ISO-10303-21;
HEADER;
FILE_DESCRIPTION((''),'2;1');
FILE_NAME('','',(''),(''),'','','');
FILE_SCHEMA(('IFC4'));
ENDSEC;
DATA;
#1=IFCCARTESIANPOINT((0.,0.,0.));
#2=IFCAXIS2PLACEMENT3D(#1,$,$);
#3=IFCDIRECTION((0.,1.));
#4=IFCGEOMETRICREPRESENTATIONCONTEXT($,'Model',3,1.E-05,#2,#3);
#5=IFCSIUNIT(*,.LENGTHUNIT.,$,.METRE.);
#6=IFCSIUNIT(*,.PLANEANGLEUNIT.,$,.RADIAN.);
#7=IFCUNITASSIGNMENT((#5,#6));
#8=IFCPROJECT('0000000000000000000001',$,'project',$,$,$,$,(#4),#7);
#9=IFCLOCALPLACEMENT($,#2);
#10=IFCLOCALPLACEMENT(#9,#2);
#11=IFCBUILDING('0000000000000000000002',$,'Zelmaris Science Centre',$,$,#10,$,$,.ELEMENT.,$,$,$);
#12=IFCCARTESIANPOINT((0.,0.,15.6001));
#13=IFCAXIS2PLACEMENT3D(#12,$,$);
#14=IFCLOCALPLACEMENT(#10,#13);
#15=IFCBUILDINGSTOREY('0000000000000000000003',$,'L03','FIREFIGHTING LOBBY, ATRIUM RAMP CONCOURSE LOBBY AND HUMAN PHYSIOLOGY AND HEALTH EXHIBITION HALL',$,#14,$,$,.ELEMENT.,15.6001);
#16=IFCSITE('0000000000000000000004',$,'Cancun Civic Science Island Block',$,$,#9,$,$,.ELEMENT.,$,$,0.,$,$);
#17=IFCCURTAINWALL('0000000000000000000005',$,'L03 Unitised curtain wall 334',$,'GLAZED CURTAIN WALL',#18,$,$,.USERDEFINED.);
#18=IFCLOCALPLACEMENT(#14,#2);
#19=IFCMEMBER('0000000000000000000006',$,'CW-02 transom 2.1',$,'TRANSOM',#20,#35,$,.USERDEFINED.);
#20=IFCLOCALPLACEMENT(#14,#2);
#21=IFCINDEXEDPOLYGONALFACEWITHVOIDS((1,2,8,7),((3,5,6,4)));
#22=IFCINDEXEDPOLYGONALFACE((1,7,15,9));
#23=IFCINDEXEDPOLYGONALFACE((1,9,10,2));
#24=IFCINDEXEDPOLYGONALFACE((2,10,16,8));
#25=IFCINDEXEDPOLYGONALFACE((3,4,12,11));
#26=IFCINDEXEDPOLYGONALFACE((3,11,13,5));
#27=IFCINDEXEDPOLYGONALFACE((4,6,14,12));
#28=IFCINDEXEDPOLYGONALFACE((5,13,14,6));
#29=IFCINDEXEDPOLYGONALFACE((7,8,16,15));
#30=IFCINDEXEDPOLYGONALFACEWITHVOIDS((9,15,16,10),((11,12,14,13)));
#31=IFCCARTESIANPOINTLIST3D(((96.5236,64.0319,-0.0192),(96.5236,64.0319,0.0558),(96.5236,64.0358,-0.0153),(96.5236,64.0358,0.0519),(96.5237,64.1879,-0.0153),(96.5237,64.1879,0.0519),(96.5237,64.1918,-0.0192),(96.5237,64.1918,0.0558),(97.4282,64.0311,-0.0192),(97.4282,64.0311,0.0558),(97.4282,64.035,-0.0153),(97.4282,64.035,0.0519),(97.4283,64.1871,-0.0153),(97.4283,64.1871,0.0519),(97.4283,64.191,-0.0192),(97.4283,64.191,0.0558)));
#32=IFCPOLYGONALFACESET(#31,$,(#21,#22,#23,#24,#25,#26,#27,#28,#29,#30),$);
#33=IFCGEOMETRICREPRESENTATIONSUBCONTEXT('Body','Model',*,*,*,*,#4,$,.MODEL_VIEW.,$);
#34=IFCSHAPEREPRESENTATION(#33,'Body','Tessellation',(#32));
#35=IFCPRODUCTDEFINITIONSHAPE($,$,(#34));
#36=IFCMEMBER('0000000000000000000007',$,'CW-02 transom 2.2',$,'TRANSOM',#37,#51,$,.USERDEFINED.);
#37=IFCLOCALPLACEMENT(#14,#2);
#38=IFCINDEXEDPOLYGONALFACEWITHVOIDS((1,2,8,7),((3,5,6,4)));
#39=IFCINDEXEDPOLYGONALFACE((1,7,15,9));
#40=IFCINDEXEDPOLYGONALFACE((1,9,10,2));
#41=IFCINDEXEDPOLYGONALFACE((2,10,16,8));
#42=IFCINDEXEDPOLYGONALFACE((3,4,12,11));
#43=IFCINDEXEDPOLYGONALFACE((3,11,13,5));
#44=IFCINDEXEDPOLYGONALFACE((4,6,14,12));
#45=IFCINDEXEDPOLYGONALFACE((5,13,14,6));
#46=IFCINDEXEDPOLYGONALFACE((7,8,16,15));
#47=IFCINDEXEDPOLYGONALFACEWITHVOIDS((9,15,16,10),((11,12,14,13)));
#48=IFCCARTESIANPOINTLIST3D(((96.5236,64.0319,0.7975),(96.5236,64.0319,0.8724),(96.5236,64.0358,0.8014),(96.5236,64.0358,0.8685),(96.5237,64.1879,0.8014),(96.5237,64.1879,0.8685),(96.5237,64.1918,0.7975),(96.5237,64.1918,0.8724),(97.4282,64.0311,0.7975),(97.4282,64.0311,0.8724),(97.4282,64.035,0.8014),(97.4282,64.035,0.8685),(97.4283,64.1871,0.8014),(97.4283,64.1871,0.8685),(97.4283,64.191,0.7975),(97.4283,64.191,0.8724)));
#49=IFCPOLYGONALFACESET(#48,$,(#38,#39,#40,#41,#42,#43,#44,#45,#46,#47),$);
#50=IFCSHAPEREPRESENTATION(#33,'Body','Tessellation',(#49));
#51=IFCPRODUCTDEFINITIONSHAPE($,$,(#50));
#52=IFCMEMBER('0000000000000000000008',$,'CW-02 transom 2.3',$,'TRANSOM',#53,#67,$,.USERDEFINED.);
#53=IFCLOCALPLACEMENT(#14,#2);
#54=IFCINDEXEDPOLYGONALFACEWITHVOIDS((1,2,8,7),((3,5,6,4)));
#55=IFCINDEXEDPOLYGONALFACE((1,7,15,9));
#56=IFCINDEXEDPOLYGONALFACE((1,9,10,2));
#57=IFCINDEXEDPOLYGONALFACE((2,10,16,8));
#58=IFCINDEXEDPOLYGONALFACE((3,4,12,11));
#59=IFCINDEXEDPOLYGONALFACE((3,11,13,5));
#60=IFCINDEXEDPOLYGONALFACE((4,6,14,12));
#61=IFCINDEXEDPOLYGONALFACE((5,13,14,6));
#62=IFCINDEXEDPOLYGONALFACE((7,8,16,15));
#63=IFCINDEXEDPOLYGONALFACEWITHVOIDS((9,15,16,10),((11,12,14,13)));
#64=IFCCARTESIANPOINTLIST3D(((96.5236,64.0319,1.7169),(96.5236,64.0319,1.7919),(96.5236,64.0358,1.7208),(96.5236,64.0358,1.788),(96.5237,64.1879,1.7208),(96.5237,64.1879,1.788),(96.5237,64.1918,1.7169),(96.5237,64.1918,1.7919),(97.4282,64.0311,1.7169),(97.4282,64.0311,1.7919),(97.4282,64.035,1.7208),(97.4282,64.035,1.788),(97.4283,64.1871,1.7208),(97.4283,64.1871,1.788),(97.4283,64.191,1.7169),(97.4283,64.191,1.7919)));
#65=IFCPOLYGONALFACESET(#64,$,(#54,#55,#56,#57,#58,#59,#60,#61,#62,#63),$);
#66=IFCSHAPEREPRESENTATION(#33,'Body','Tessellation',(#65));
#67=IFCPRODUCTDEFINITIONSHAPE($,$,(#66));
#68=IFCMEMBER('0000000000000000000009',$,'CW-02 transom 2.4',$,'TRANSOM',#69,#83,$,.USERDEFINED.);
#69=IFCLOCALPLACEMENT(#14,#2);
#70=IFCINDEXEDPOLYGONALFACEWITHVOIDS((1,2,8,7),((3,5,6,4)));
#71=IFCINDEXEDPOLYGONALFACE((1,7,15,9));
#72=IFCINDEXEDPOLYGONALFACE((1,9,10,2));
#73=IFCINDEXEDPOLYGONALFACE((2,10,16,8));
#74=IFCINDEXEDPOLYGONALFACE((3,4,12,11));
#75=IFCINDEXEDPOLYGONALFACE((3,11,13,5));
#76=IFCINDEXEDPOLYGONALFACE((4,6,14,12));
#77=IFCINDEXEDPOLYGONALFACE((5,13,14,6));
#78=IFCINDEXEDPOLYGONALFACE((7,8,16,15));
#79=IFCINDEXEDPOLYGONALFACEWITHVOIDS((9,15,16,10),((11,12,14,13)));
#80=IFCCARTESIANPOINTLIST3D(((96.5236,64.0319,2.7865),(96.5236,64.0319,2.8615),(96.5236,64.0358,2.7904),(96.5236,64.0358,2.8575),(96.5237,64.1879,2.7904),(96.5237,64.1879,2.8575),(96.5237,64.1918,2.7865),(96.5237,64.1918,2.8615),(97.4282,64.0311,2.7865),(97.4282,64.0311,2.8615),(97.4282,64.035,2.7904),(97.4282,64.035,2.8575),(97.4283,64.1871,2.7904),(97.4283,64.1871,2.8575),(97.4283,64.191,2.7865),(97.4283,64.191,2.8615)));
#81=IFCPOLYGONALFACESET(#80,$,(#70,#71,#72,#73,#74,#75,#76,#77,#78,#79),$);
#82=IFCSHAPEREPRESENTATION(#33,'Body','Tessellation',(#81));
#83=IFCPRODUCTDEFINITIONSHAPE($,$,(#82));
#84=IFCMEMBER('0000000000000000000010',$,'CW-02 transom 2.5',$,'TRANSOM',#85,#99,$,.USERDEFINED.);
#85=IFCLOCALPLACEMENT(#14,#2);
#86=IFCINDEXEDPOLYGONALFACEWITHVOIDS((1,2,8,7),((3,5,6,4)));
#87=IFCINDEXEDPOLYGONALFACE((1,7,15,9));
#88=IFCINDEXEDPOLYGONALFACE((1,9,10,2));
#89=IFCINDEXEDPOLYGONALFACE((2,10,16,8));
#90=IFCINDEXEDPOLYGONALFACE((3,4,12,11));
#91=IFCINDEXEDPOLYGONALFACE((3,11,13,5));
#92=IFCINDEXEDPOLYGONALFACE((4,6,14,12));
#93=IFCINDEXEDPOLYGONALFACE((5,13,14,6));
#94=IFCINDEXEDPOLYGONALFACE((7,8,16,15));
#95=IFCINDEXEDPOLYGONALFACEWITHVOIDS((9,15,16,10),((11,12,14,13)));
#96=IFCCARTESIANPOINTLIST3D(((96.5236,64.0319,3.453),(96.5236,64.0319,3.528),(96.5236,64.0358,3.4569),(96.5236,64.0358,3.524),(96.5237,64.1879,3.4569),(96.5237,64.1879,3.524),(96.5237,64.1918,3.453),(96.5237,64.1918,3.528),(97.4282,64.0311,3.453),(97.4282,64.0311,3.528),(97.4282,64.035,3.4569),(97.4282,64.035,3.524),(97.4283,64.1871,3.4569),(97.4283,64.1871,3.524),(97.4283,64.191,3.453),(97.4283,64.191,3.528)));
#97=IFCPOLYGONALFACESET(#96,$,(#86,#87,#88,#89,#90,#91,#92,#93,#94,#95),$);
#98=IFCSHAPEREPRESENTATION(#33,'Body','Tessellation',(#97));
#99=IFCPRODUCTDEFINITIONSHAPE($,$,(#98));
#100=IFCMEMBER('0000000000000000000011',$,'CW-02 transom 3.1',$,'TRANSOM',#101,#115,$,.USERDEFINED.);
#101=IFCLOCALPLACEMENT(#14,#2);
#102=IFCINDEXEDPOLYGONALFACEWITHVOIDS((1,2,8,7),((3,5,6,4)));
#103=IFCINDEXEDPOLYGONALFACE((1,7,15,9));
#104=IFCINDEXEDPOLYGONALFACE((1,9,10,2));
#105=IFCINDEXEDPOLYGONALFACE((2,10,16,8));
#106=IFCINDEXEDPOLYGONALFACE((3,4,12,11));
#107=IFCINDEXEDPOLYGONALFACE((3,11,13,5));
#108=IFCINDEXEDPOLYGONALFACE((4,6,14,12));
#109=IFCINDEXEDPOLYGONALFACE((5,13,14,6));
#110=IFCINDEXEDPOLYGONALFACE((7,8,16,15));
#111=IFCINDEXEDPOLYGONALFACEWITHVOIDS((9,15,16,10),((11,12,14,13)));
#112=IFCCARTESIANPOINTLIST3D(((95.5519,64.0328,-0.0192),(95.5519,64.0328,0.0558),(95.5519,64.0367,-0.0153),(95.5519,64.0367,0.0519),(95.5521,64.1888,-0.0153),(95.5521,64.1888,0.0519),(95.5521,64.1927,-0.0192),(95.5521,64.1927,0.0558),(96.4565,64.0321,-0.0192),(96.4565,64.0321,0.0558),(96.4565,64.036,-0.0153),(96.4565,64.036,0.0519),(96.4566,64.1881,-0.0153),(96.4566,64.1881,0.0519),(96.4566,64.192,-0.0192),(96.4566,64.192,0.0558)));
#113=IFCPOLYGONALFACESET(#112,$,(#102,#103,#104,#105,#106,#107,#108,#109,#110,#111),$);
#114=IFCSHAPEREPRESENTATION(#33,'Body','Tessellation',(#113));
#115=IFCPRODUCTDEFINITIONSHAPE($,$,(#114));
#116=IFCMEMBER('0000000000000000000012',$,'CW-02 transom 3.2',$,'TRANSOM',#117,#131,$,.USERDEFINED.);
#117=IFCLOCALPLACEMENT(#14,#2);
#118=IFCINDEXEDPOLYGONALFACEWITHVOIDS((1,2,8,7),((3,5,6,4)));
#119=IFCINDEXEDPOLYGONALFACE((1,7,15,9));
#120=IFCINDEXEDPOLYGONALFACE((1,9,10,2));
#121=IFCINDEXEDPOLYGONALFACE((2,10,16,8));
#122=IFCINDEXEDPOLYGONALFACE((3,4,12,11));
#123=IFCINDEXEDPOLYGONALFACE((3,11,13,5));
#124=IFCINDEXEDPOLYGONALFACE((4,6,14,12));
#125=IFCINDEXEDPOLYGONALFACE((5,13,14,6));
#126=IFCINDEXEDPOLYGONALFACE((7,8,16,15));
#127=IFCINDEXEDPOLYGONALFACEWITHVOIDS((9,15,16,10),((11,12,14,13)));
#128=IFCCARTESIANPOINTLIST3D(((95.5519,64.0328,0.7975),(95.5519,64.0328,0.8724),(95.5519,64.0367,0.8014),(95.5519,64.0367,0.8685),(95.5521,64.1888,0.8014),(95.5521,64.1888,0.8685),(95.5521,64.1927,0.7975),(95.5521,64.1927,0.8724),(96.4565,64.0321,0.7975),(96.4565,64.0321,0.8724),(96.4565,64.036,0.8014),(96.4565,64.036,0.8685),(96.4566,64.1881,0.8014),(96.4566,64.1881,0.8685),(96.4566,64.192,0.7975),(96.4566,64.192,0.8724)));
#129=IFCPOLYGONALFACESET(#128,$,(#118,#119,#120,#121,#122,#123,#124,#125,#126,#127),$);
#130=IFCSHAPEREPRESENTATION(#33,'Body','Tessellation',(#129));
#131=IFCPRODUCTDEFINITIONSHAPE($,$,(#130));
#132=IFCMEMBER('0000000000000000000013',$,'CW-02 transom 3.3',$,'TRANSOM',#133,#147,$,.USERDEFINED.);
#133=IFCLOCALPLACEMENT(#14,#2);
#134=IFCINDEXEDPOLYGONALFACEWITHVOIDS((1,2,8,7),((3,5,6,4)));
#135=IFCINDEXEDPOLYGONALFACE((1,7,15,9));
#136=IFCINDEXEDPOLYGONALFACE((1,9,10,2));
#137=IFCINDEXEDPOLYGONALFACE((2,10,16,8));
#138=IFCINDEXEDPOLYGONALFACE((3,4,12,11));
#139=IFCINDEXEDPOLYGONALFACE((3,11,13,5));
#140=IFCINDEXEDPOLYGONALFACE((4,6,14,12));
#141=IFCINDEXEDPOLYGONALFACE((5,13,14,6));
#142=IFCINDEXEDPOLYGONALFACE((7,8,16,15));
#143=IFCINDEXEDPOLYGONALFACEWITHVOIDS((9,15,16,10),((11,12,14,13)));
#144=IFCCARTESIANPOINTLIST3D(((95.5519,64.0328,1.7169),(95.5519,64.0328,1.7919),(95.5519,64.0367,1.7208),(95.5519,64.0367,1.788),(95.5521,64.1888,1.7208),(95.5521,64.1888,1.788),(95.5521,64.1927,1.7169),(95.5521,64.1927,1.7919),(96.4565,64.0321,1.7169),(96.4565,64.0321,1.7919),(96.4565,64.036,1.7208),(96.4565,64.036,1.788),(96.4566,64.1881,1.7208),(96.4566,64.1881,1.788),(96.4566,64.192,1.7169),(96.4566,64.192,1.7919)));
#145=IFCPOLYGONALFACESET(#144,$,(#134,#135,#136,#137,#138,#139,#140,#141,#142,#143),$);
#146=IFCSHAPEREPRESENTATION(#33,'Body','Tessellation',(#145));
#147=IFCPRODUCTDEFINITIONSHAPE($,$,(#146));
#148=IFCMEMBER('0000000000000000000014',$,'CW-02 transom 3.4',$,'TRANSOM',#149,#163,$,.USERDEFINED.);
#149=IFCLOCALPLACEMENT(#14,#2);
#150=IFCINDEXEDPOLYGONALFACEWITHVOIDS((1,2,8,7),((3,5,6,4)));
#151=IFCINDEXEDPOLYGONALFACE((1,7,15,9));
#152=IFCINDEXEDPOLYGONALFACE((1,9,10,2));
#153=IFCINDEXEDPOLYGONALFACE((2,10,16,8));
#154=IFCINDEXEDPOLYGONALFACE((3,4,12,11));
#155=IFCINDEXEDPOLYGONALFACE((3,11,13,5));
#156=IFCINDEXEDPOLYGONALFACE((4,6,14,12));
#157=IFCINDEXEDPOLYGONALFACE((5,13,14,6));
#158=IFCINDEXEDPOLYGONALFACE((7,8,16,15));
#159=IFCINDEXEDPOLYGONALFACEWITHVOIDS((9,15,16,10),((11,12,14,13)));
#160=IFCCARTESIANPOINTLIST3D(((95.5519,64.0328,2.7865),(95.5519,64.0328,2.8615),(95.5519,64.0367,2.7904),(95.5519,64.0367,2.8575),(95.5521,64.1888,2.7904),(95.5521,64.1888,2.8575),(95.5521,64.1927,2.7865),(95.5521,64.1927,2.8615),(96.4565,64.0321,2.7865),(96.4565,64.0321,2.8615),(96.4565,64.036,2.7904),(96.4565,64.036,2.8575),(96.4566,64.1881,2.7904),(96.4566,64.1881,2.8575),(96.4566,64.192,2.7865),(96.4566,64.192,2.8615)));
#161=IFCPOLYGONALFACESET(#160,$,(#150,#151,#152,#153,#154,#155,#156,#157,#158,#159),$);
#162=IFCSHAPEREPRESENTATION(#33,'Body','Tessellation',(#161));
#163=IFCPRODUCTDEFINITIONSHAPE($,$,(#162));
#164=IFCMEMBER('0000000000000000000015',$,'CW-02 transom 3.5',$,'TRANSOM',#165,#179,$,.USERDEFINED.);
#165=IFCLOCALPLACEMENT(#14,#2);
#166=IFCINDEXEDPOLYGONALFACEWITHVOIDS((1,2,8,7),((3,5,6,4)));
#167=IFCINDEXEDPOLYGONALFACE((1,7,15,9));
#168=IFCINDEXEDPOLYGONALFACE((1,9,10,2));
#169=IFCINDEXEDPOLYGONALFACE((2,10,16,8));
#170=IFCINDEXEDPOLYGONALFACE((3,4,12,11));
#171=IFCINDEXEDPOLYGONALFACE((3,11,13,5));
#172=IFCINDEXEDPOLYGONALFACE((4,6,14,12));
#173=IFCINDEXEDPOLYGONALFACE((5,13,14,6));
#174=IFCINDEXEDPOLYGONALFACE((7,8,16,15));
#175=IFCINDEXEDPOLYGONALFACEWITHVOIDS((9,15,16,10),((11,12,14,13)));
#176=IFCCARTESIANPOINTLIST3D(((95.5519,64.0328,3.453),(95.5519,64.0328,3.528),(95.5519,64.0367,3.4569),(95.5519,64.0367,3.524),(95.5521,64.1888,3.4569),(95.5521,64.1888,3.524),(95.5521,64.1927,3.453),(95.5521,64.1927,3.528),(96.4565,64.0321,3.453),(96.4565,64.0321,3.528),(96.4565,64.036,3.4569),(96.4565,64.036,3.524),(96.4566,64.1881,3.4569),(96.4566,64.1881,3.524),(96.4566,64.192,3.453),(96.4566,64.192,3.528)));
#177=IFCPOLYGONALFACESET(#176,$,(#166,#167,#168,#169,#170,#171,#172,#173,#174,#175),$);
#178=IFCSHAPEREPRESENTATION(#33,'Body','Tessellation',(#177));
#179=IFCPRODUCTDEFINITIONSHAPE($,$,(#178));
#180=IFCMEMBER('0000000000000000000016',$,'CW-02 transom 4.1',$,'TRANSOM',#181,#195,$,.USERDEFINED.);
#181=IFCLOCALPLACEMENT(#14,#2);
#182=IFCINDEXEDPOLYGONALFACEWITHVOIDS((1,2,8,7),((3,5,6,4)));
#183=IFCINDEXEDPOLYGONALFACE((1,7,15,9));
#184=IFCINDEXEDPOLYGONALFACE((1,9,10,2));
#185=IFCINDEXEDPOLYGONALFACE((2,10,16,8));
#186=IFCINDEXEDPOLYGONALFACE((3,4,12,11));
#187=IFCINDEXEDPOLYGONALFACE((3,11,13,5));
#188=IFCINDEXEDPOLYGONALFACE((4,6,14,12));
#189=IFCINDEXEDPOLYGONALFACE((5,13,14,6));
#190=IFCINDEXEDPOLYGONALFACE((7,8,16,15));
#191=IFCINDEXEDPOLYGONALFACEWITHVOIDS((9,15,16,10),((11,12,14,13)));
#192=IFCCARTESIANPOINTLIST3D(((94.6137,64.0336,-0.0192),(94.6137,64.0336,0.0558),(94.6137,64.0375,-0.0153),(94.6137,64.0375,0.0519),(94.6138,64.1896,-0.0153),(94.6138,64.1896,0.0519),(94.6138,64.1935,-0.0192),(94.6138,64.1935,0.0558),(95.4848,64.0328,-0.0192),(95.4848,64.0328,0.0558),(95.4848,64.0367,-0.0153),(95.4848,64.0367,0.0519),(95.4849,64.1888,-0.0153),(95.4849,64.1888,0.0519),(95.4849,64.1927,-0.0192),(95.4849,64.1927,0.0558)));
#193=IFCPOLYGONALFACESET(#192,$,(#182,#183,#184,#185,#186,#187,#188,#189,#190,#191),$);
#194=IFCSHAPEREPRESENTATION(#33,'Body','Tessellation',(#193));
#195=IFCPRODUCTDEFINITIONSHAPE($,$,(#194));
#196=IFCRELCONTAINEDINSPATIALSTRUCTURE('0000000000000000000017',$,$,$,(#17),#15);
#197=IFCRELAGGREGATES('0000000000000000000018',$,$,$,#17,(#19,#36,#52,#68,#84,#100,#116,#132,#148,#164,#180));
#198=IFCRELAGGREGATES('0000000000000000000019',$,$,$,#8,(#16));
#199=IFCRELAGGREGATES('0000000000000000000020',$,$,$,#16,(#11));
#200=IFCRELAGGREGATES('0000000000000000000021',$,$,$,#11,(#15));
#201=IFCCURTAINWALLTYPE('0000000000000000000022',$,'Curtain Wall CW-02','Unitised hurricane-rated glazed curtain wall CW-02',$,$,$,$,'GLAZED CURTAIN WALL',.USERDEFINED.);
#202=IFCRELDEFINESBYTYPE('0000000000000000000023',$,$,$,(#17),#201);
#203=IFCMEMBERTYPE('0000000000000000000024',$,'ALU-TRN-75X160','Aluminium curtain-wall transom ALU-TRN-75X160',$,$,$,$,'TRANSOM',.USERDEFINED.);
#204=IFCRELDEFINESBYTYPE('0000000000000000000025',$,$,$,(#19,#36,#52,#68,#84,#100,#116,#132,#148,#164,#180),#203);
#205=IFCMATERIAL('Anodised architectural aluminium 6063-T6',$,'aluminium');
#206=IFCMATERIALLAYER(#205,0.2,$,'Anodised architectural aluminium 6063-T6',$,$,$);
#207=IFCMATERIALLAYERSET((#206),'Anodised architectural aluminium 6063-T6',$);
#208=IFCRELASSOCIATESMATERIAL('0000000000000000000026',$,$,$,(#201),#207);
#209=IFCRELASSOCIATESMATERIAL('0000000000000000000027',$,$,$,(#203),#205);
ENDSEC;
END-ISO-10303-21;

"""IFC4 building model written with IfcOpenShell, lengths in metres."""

from ifc_helpers import new_model, si_unit, direction, frame, origin, origin_2d, place, context, subcontext, project, spatial, hollow_rectangle, extrude, material, layer, layer_set, material_profile, profile_set, type_object, element, aggregate, save


model = new_model("IFC4")

# Units and contexts
model_context = context("Model", 3, precision=1e-05, world=origin(), true_north=direction((0.0, 1.0)))
body_context = subcontext(model_context, "Body", "Model", "MODEL_VIEW")
ifc_project = project(units=[si_unit("LENGTHUNIT", "METRE"), si_unit("PLANEANGLEUNIT", "RADIAN")], contexts=[model_context])

# Site, building, storey
site_placement = place(None, origin())
site = spatial("IfcSite", under=ifc_project, at=site_placement, Name="Cancun Civic Science Island Block", CompositionType="ELEMENT", RefElevation=0.0)
building_placement = place(site_placement, origin())
building = spatial("IfcBuilding", under=site, at=building_placement, Name="Zelmaris Science Centre", CompositionType="ELEMENT")
storey_placement = place(building_placement, frame((0.0, 0.0, 15.6001)))
storey = spatial("IfcBuildingStorey", under=building, at=storey_placement, Name="L03", Description="FIREFIGHTING LOBBY, ATRIUM RAMP CONCOURSE LOBBY AND HUMAN PHYSIOLOGY AND HEALTH EXHIBITION HALL", CompositionType="ELEMENT", Elevation=15.6001)

# Curtain wall, members
ifc_material_1 = material(Name="Anodised architectural aluminium 6063-T6", Category="aluminium")
ifc_layer_1 = layer(ifc_material_1, 0.2, Name="Anodised architectural aluminium 6063-T6")
ifc_layer_set_1 = layer_set([ifc_layer_1], Name="Anodised architectural aluminium 6063-T6")
curtain_wall_type = type_object("IfcCurtainWallType", Name="Curtain Wall CW-02", Description="Unitised hurricane-rated glazed curtain wall CW-02", ElementType="GLAZED CURTAIN WALL", PredefinedType="USERDEFINED", material=ifc_layer_set_1)
curtain_wall_placement = place(storey_placement, origin())
curtain_wall = element("IfcCurtainWall", 1, at=curtain_wall_placement, inside=storey, type_object=curtain_wall_type, Name="L03 Unitised curtain wall 334", ObjectType="GLAZED CURTAIN WALL", PredefinedType="USERDEFINED")
ifc_material_profile_1 = material_profile(ifc_material_1, hollow_rectangle(XDim=0.075, YDim=0.1599, WallThickness=0.0039, at=origin_2d()), Name="ALU-TRN-75X160")
ifc_profile_set_1 = profile_set([ifc_material_profile_1], Name="Anodised architectural aluminium 6063-T6")
member_type_1 = type_object("IfcMemberType", Name="ALU-TRN-75X160", Description="Aluminium curtain-wall transom ALU-TRN-75X160", ElementType="TRANSOM", PredefinedType="USERDEFINED", material=ifc_profile_set_1)
member_1_placement = place(storey_placement, frame((97.4282, 64.1111, 0.0183), z_axis=(-1.0, 0.00081, 0.0), x_axis=(0.0, 0.0, 1.0)))
member_1 = element("IfcMember", 2, at=member_1_placement, type_object=member_type_1, Name="CW-02 transom 2.1", ObjectType="TRANSOM", PredefinedType="USERDEFINED", context=body_context, shape_type="SweptSolid", body=[
    extrude(hollow_rectangle(XDim=0.075, YDim=0.1599, WallThickness=0.0039, at=origin_2d()), origin(), (0.0, 0.0, 1.0), 0.9045),
])
member_2_placement = place(storey_placement, frame((97.4282, 64.1111, 0.835), z_axis=(-1.0, 0.00081, 0.0), x_axis=(0.0, 0.0, 1.0)))
member_2 = element("IfcMember", 3, at=member_2_placement, type_object=member_type_1, Name="CW-02 transom 2.2", ObjectType="TRANSOM", PredefinedType="USERDEFINED", context=body_context, shape_type="SweptSolid", body=[
    extrude(hollow_rectangle(XDim=0.075, YDim=0.1599, WallThickness=0.0039, at=origin_2d()), origin(), (0.0, 0.0, 1.0), 0.9045),
])
member_3_placement = place(storey_placement, frame((97.4282, 64.1111, 1.7544), z_axis=(-1.0, 0.00081, 0.0), x_axis=(0.0, 0.0, 1.0)))
member_3 = element("IfcMember", 4, at=member_3_placement, type_object=member_type_1, Name="CW-02 transom 2.3", ObjectType="TRANSOM", PredefinedType="USERDEFINED", context=body_context, shape_type="SweptSolid", body=[
    extrude(hollow_rectangle(XDim=0.075, YDim=0.1599, WallThickness=0.0039, at=origin_2d()), origin(), (0.0, 0.0, 1.0), 0.9045),
])
member_4_placement = place(storey_placement, frame((97.4282, 64.1111, 2.824), z_axis=(-1.0, 0.00081, 0.0), x_axis=(0.0, 0.0, 1.0)))
member_4 = element("IfcMember", 5, at=member_4_placement, type_object=member_type_1, Name="CW-02 transom 2.4", ObjectType="TRANSOM", PredefinedType="USERDEFINED", context=body_context, shape_type="SweptSolid", body=[
    extrude(hollow_rectangle(XDim=0.075, YDim=0.1599, WallThickness=0.0039, at=origin_2d()), origin(), (0.0, 0.0, 1.0), 0.9045),
])
member_5_placement = place(storey_placement, frame((97.4282, 64.1111, 3.4905), z_axis=(-1.0, 0.00081, 0.0), x_axis=(0.0, 0.0, 1.0)))
member_5 = element("IfcMember", 6, at=member_5_placement, type_object=member_type_1, Name="CW-02 transom 2.5", ObjectType="TRANSOM", PredefinedType="USERDEFINED", context=body_context, shape_type="SweptSolid", body=[
    extrude(hollow_rectangle(XDim=0.075, YDim=0.1599, WallThickness=0.0039, at=origin_2d()), origin(), (0.0, 0.0, 1.0), 0.9045),
])
member_6_placement = place(storey_placement, frame((96.4565, 64.1121, 0.0183), z_axis=(-1.0, 0.00081, 0.0), x_axis=(0.0, 0.0, 1.0)))
member_6 = element("IfcMember", 7, at=member_6_placement, type_object=member_type_1, Name="CW-02 transom 3.1", ObjectType="TRANSOM", PredefinedType="USERDEFINED", context=body_context, shape_type="SweptSolid", body=[
    extrude(hollow_rectangle(XDim=0.075, YDim=0.1599, WallThickness=0.0039, at=origin_2d()), origin(), (0.0, 0.0, 1.0), 0.9045),
])
member_7_placement = place(storey_placement, frame((96.4565, 64.1121, 0.835), z_axis=(-1.0, 0.00081, 0.0), x_axis=(0.0, 0.0, 1.0)))
member_7 = element("IfcMember", 8, at=member_7_placement, type_object=member_type_1, Name="CW-02 transom 3.2", ObjectType="TRANSOM", PredefinedType="USERDEFINED", context=body_context, shape_type="SweptSolid", body=[
    extrude(hollow_rectangle(XDim=0.075, YDim=0.1599, WallThickness=0.0039, at=origin_2d()), origin(), (0.0, 0.0, 1.0), 0.9045),
])
member_8_placement = place(storey_placement, frame((96.4565, 64.1121, 1.7544), z_axis=(-1.0, 0.00081, 0.0), x_axis=(0.0, 0.0, 1.0)))
member_8 = element("IfcMember", 9, at=member_8_placement, type_object=member_type_1, Name="CW-02 transom 3.3", ObjectType="TRANSOM", PredefinedType="USERDEFINED", context=body_context, shape_type="SweptSolid", body=[
    extrude(hollow_rectangle(XDim=0.075, YDim=0.1599, WallThickness=0.0039, at=origin_2d()), origin(), (0.0, 0.0, 1.0), 0.9045),
])
member_9_placement = place(storey_placement, frame((96.4565, 64.1121, 2.824), z_axis=(-1.0, 0.00081, 0.0), x_axis=(0.0, 0.0, 1.0)))
member_9 = element("IfcMember", 10, at=member_9_placement, type_object=member_type_1, Name="CW-02 transom 3.4", ObjectType="TRANSOM", PredefinedType="USERDEFINED", context=body_context, shape_type="SweptSolid", body=[
    extrude(hollow_rectangle(XDim=0.075, YDim=0.1599, WallThickness=0.0039, at=origin_2d()), origin(), (0.0, 0.0, 1.0), 0.9045),
])
member_10_placement = place(storey_placement, frame((96.4565, 64.1121, 3.4905), z_axis=(-1.0, 0.00081, 0.0), x_axis=(0.0, 0.0, 1.0)))
member_10 = element("IfcMember", 11, at=member_10_placement, type_object=member_type_1, Name="CW-02 transom 3.5", ObjectType="TRANSOM", PredefinedType="USERDEFINED", context=body_context, shape_type="SweptSolid", body=[
    extrude(hollow_rectangle(XDim=0.075, YDim=0.1599, WallThickness=0.0039, at=origin_2d()), origin(), (0.0, 0.0, 1.0), 0.9045),
])
member_11_placement = place(storey_placement, frame((95.4849, 64.1128, 0.0183), z_axis=(-1.0, 0.000841, 0.0), x_axis=(0.0, 0.0, 1.0)))
member_11 = element("IfcMember", 12, at=member_11_placement, type_object=member_type_1, Name="CW-02 transom 4.1", ObjectType="TRANSOM", PredefinedType="USERDEFINED", context=body_context, shape_type="SweptSolid", body=[
    extrude(hollow_rectangle(XDim=0.075, YDim=0.1599, WallThickness=0.0039, at=origin_2d()), origin(), (0.0, 0.0, 1.0), 0.8711),
])

aggregate(curtain_wall, [member_1, member_2, member_3, member_4, member_5, member_6, member_7, member_8, member_9, member_10, member_11])

save(model, "model.ifc")
